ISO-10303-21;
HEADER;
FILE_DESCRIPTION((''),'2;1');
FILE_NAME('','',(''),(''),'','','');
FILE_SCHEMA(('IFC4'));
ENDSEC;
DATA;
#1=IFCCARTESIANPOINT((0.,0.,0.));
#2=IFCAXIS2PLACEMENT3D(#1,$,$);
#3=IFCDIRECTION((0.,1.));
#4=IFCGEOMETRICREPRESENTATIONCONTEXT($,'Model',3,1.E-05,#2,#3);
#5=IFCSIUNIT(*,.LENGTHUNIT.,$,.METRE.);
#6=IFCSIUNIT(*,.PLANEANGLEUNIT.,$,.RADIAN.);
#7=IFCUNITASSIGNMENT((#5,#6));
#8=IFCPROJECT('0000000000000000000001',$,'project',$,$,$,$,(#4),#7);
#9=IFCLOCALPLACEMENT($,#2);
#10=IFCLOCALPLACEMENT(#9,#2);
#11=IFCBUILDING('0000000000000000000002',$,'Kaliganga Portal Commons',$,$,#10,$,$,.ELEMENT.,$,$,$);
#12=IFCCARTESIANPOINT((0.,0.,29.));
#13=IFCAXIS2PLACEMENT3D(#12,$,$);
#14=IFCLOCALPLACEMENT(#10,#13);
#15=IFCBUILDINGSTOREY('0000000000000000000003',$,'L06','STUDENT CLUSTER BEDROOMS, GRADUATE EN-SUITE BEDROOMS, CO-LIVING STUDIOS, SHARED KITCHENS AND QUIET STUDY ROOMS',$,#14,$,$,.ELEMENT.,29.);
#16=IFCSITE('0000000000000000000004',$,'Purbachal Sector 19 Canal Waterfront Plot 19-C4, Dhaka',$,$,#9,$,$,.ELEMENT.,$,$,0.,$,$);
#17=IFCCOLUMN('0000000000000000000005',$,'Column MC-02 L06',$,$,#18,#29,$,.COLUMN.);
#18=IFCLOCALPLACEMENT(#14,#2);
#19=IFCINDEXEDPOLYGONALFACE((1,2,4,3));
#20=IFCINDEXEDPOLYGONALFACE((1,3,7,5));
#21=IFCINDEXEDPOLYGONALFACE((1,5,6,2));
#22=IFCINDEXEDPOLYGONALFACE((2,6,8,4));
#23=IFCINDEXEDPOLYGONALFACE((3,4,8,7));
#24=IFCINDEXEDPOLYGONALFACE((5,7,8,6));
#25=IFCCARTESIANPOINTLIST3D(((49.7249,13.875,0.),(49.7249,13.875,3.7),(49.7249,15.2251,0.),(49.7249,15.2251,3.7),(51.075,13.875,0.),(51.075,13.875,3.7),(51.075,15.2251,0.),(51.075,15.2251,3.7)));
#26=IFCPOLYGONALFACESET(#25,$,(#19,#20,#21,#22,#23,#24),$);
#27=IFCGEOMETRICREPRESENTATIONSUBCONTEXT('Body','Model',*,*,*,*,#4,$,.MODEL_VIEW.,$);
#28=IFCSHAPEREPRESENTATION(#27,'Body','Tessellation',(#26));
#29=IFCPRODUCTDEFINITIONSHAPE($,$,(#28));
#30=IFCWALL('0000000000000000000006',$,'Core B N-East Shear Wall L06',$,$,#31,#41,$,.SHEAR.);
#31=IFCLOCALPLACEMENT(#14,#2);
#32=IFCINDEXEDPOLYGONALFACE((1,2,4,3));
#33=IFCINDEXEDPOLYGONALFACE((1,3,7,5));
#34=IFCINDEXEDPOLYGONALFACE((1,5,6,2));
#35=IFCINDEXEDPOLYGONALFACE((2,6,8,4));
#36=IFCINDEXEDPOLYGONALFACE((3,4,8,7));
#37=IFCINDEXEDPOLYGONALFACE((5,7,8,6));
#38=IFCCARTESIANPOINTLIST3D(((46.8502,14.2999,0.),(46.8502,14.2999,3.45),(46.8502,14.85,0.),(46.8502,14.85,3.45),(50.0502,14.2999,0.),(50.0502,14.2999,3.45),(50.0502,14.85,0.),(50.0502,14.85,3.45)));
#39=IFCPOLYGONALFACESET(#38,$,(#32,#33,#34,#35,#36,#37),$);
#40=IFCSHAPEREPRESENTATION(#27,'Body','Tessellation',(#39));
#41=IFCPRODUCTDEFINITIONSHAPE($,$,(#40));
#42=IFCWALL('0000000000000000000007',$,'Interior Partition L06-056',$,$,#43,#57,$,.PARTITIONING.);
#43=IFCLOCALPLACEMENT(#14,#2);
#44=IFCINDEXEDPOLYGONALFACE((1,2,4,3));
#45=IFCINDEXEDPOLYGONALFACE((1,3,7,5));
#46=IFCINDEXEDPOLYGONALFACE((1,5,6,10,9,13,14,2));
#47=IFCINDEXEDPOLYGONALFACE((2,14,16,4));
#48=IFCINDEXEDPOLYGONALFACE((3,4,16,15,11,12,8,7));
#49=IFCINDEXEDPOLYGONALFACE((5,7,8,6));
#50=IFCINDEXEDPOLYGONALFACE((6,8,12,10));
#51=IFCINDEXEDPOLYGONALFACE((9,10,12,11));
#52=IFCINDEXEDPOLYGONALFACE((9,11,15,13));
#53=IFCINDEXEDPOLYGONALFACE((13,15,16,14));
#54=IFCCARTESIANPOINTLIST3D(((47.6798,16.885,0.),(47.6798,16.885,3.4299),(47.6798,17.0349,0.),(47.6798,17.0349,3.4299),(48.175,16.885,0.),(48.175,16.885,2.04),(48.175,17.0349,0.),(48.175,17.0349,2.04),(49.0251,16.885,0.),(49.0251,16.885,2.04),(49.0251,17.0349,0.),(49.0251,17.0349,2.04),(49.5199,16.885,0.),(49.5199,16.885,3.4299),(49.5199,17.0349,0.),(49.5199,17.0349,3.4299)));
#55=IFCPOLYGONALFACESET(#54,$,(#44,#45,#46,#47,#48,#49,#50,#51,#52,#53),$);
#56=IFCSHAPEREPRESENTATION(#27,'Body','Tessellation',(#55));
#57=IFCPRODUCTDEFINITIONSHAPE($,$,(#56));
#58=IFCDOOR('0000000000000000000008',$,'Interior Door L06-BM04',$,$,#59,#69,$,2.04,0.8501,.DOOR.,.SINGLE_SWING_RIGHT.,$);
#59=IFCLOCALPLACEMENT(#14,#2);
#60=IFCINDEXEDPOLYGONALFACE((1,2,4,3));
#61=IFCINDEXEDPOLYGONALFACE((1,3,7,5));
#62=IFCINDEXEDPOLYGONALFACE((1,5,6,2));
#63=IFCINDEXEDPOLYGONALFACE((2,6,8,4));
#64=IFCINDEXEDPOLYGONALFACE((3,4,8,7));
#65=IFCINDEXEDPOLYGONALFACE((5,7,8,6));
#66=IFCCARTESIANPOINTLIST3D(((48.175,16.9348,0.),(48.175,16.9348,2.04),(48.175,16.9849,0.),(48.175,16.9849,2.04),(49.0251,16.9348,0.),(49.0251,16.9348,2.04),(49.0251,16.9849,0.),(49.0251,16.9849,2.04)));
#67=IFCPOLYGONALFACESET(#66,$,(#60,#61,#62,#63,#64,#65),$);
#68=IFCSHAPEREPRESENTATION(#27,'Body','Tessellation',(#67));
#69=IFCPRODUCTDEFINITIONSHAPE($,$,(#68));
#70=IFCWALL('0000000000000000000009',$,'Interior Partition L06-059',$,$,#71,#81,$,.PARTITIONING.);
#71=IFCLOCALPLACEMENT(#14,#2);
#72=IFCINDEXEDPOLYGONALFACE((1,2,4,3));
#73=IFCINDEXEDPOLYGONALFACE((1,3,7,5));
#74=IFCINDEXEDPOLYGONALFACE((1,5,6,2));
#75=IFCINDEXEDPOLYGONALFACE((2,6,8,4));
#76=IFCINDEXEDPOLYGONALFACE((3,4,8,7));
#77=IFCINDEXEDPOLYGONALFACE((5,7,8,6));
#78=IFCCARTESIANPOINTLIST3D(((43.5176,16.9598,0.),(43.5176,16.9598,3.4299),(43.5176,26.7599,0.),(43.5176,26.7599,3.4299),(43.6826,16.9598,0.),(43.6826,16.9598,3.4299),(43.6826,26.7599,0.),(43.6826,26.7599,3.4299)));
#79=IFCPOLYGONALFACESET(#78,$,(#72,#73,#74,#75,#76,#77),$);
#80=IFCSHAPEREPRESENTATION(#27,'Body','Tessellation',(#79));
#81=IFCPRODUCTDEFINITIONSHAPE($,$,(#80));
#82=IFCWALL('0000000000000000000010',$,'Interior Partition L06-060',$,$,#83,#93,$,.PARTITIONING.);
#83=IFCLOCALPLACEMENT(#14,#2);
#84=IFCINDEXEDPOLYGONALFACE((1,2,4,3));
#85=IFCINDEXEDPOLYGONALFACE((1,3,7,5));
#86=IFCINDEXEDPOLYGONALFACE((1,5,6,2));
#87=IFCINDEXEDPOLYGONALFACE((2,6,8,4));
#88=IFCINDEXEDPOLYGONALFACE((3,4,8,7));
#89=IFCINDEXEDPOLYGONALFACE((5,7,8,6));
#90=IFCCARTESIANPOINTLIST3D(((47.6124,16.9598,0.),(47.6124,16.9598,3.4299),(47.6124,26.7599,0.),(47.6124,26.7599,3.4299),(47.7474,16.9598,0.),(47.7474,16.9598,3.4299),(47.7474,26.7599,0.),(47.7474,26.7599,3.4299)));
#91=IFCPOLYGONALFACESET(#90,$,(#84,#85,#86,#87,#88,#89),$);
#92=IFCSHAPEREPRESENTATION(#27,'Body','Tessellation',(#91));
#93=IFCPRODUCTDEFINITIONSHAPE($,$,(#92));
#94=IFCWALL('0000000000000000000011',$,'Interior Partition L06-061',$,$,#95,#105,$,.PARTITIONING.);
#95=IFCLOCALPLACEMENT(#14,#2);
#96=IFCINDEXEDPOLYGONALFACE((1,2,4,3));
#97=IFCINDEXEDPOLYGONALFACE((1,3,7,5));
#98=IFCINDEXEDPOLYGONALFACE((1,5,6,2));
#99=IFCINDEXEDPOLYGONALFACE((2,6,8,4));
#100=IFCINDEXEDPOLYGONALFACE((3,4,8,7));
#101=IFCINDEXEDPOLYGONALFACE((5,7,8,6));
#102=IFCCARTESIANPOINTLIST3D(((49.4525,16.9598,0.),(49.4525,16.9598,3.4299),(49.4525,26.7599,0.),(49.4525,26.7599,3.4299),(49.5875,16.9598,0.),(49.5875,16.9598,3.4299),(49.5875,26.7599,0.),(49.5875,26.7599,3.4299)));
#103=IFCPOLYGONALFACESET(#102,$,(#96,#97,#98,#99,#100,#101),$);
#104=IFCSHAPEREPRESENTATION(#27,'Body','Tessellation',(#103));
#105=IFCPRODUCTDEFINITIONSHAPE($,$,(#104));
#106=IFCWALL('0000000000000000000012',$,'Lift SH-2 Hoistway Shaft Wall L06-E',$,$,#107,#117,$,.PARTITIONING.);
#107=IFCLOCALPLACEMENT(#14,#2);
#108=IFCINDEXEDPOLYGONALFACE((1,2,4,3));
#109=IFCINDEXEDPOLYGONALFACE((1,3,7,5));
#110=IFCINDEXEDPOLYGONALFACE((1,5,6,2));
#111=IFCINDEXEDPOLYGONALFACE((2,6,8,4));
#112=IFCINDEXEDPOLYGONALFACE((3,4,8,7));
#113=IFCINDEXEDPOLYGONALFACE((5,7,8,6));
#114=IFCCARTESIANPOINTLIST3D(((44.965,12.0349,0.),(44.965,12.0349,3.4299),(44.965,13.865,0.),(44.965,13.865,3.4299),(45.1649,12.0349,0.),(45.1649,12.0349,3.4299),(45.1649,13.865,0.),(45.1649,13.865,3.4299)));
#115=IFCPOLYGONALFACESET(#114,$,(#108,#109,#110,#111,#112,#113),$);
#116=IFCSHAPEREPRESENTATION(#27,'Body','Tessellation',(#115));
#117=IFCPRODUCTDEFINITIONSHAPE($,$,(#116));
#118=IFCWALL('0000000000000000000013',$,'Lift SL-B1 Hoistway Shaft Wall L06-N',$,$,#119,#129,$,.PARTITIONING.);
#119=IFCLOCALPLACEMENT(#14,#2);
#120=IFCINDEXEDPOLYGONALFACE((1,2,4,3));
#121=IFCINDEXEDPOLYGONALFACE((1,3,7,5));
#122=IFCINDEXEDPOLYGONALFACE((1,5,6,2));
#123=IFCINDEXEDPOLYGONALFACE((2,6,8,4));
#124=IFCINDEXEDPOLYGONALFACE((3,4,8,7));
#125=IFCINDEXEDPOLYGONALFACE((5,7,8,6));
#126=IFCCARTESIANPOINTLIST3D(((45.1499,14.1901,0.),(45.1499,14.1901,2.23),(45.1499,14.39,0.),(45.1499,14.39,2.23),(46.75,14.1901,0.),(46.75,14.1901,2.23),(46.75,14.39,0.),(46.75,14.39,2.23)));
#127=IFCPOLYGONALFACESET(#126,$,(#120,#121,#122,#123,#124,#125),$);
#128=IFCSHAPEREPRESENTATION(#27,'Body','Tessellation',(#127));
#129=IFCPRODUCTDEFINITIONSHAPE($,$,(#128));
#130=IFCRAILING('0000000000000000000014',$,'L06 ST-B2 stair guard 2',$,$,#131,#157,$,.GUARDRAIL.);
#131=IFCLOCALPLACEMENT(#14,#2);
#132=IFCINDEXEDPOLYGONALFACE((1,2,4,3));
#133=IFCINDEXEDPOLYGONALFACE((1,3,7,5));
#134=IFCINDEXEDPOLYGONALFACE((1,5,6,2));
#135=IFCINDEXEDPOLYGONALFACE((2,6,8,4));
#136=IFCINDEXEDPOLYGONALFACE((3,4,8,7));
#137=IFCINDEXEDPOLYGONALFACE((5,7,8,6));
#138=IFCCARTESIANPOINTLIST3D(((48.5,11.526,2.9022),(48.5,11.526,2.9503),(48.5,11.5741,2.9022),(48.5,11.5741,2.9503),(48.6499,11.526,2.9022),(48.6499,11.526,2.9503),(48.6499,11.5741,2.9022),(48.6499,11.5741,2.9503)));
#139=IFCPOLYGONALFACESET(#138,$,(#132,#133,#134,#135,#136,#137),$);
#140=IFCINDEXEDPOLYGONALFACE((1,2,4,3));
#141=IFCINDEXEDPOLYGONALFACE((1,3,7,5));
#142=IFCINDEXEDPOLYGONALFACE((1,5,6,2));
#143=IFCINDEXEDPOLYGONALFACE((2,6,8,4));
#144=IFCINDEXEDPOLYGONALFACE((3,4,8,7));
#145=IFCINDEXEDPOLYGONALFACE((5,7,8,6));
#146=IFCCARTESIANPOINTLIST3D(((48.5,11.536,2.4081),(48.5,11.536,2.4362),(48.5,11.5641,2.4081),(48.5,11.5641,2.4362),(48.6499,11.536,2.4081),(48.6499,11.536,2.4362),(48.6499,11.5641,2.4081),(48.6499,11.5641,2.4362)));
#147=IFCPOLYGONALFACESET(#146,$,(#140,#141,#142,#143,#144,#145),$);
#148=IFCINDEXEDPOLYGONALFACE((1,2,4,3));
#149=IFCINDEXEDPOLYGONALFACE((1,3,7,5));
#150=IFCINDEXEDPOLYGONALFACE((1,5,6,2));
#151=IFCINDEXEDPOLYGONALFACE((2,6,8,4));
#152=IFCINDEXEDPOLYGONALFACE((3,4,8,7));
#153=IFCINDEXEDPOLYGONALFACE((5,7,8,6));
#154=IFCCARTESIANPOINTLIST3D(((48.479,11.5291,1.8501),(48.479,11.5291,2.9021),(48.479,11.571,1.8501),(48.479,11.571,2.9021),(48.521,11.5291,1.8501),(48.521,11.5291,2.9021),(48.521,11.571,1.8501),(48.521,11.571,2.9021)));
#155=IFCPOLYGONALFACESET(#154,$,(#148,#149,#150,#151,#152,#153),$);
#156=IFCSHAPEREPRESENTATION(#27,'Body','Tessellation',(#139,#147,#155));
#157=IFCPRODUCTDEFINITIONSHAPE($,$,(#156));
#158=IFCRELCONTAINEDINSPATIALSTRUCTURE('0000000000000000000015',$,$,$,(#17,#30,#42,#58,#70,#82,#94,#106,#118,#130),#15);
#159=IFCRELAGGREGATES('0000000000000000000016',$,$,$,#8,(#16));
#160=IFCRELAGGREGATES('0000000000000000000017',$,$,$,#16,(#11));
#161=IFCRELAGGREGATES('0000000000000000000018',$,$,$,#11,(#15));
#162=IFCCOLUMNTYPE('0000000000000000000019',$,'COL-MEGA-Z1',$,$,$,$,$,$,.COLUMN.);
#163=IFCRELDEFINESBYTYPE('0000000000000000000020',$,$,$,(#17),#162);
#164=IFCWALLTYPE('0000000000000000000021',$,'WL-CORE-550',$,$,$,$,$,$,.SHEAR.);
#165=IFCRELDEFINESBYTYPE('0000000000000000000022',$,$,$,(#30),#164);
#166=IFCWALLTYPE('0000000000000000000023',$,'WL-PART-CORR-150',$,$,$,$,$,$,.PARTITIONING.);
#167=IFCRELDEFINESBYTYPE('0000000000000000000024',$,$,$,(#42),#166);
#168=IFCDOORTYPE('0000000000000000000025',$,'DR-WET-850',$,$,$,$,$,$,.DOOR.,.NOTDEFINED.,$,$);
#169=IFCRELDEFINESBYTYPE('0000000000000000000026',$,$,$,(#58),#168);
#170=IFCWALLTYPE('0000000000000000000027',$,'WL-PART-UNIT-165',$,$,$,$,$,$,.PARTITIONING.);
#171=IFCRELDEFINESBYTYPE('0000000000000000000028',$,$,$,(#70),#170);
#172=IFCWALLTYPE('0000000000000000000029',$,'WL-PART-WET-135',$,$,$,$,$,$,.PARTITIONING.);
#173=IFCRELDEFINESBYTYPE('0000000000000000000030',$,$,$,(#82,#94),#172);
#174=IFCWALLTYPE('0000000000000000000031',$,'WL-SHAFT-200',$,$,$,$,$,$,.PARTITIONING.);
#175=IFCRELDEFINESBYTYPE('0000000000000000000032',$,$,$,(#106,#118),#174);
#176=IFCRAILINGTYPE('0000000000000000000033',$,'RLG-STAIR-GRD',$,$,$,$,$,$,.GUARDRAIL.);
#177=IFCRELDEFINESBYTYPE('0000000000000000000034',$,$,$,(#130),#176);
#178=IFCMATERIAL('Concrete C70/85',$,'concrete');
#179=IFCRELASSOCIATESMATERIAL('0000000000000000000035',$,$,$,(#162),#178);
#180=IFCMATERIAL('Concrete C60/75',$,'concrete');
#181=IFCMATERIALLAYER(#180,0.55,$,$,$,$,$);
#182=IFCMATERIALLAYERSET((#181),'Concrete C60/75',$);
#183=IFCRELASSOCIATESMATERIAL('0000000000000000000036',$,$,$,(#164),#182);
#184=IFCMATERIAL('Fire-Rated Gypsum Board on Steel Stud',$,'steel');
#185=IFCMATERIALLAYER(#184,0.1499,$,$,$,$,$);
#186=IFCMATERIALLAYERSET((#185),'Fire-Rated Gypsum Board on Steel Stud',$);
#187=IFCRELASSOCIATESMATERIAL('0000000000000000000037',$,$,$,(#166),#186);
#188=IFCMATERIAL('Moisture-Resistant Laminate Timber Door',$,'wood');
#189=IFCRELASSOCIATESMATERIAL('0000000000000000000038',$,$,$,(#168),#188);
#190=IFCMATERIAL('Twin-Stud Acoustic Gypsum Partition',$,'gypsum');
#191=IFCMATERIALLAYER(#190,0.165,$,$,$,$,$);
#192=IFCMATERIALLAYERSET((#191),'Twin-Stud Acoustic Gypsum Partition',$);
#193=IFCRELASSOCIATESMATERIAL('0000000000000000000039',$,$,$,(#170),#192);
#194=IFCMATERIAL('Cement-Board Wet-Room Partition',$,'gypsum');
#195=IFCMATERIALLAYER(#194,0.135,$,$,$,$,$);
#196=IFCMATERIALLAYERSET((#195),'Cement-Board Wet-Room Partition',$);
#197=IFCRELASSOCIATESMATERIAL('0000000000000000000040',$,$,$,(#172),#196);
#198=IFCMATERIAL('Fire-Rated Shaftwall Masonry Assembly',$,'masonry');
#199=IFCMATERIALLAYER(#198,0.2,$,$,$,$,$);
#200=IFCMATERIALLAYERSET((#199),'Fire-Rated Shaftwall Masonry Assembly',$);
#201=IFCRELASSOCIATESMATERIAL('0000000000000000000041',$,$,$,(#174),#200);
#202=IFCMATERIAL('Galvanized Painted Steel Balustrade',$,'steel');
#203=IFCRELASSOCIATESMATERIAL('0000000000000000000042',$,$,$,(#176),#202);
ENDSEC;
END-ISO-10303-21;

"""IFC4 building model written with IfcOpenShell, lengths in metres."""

from ifc_helpers import new_model, si_unit, direction, frame, frame_2d, origin, origin_2d, place, context, subcontext, project, spatial, rectangle, extrude, source, transform, mapped, material, layer, layer_set, material_profile, profile_set, type_object, element, fill, save


model = new_model("IFC4")

# Units and contexts
model_context = context("Model", 3, precision=1e-05, world=origin(), true_north=direction((0.0, 1.0)))
body_context = subcontext(model_context, "Body", "Model", "MODEL_VIEW")
ifc_project = project(units=[si_unit("LENGTHUNIT", "METRE"), si_unit("PLANEANGLEUNIT", "RADIAN")], contexts=[model_context])

# Site, building, storey
site_placement = place(None, origin())
site = spatial("IfcSite", under=ifc_project, at=site_placement, Name="Purbachal Sector 19 Canal Waterfront Plot 19-C4, Dhaka", CompositionType="ELEMENT", RefElevation=0.0)
building_placement = place(site_placement, origin())
building = spatial("IfcBuilding", under=site, at=building_placement, Name="Kaliganga Portal Commons", CompositionType="ELEMENT")
storey_placement = place(building_placement, frame((0.0, 0.0, 29.0)))
storey = spatial("IfcBuildingStorey", under=building, at=storey_placement, Name="L06", Description="STUDENT CLUSTER BEDROOMS, GRADUATE EN-SUITE BEDROOMS, CO-LIVING STUDIOS, SHARED KITCHENS AND QUIET STUDY ROOMS", CompositionType="ELEMENT", Elevation=29.0)

# Column
ifc_material_1 = material(Name="Concrete C70/85", Category="concrete")
ifc_material_profile = material_profile(ifc_material_1, rectangle(XDim=1.3501, YDim=1.3501, at=origin_2d()), Name="RC 1350x1350")
ifc_profile_set = profile_set([ifc_material_profile], Name="Concrete C70/85")
column_type = type_object("IfcColumnType", Name="COL-MEGA-Z1", PredefinedType="COLUMN", material=ifc_profile_set)
shared_shape = source(origin(), body_context, "Body", "SweptSolid", [
    extrude(rectangle(XDim=1.3501, YDim=1.3501, at=origin_2d()), origin(), (0.0, 0.0, 1.0), 3.7),
])
column_placement = place(storey_placement, frame((50.3999, 14.55, 0.0), z_axis=(0.0, 0.0, 1.0), x_axis=(1.0, 0.0, 0.0)))
element("IfcColumn", 1, at=column_placement, inside=storey, type_object=column_type, Name="Column MC-02 L06", PredefinedType="COLUMN", context=body_context, shape_type="MappedRepresentation", body=[
    mapped(shared_shape, transform((0.0, 0.0, 0.0), x_axis=(1.0, 0.0, 0.0), y_axis=(0.0, 1.0, 0.0), z_axis=(0.0, 0.0, 1.0), scale=1.0)),
])

# Wall
ifc_material_2 = material(Name="Concrete C60/75", Category="concrete")
ifc_layer_1 = layer(ifc_material_2, 0.55)
ifc_layer_set_1 = layer_set([ifc_layer_1], Name="Concrete C60/75")
wall_type_1 = type_object("IfcWallType", Name="WL-CORE-550", PredefinedType="SHEAR", material=ifc_layer_set_1)
wall_1_placement = place(storey_placement, frame((46.8501, 14.575, 0.0), z_axis=(0.0, 0.0, 1.0), x_axis=(1.0, 0.0, 0.0)))
element("IfcWall", 2, at=wall_1_placement, inside=storey, type_object=wall_type_1, Name="Core B N-East Shear Wall L06", PredefinedType="SHEAR", context=body_context, shape_type="SweptSolid", body=[
    extrude(rectangle(XDim=3.2, YDim=0.55, at=frame_2d((1.6001, 0.0))), origin(), (0.0, 0.0, 1.0), 3.45),
])

# Wall, opening, door
ifc_material_3 = material(Name="Fire-Rated Gypsum Board on Steel Stud", Category="steel")
ifc_layer_2 = layer(ifc_material_3, 0.1499)
ifc_layer_set_2 = layer_set([ifc_layer_2], Name="Fire-Rated Gypsum Board on Steel Stud")
wall_type_2 = type_object("IfcWallType", Name="WL-PART-CORR-150", PredefinedType="PARTITIONING", material=ifc_layer_set_2)
wall_2_placement = place(storey_placement, frame((47.6799, 16.96, 0.0), z_axis=(0.0, 0.0, 1.0), x_axis=(1.0, 0.0, 0.0)))
wall_2 = element("IfcWall", 3, at=wall_2_placement, inside=storey, type_object=wall_type_2, Name="Interior Partition L06-056", PredefinedType="PARTITIONING", context=body_context, shape_type="SweptSolid", body=[
    extrude(rectangle(XDim=1.8401, YDim=0.1499, at=frame_2d((0.9199, 0.0))), origin(), (0.0, 0.0, 1.0), 3.4299),
])
opening_1_placement = place(wall_2_placement, frame((0.4951, 0.0, 0.0)))
opening_1 = element("IfcOpeningElement", 4, at=opening_1_placement, cuts=wall_2, PredefinedType="OPENING", context=body_context, shape_type="SweptSolid", body=[
    extrude(rectangle(XDim=0.8501, YDim=2.04, at=frame_2d((0.425, 1.02))), frame((0.0, 0.085, 0.0), z_axis=(0.0, -1.0, 0.0), x_axis=(1.0, 0.0, 0.0)), (0.0, 0.0, 1.0), 0.1699),
])
ifc_material_4 = material(Name="Moisture-Resistant Laminate Timber Door", Category="wood")
door_type_1 = type_object("IfcDoorType", Name="DR-WET-850", OperationType="NOTDEFINED", PredefinedType="DOOR", material=ifc_material_4)
door_1_placement = place(opening_1_placement, origin())
door_1 = element("IfcDoor", 5, at=door_1_placement, inside=storey, type_object=door_type_1, Name="Interior Door L06-BM04", OperationType="SINGLE_SWING_RIGHT", OverallHeight=2.04, OverallWidth=0.8501, PredefinedType="DOOR", context=body_context, shape_type="SweptSolid", body=[
    extrude(rectangle(XDim=0.8501, YDim=2.04, at=frame_2d((0.425, 1.02))), frame((0.0, 0.0249, 0.0), z_axis=(0.0, -1.0, 0.0), x_axis=(1.0, 0.0, 0.0)), (0.0, 0.0, 1.0), 0.05),
])
fill(opening_1, door_1)

# Walls
ifc_material_5 = material(Name="Twin-Stud Acoustic Gypsum Partition", Category="gypsum")
ifc_layer_3 = layer(ifc_material_5, 0.165)
ifc_layer_set_3 = layer_set([ifc_layer_3], Name="Twin-Stud Acoustic Gypsum Partition")
wall_type_3 = type_object("IfcWallType", Name="WL-PART-UNIT-165", PredefinedType="PARTITIONING", material=ifc_layer_set_3)
wall_3_placement = place(storey_placement, frame((43.6001, 16.96, 0.0), z_axis=(0.0, 0.0, 1.0), x_axis=(0.0, 1.0, 0.0)))
element("IfcWall", 6, at=wall_3_placement, inside=storey, type_object=wall_type_3, Name="Interior Partition L06-059", PredefinedType="PARTITIONING", context=body_context, shape_type="SweptSolid", body=[
    extrude(rectangle(XDim=9.8, YDim=0.165, at=frame_2d((4.8999, 0.0))), origin(), (0.0, 0.0, 1.0), 3.4299),
])
ifc_material_6 = material(Name="Cement-Board Wet-Room Partition", Category="gypsum")
ifc_layer_4 = layer(ifc_material_6, 0.135)
ifc_layer_set_4 = layer_set([ifc_layer_4], Name="Cement-Board Wet-Room Partition")
wall_type_4 = type_object("IfcWallType", Name="WL-PART-WET-135", PredefinedType="PARTITIONING", material=ifc_layer_set_4)
for number, where, z_axis, x_axis, name in (
    (7, (47.6799, 16.96, 0.0), (0.0, 0.0, 1.0), (0.0, 1.0, 0.0), "Interior Partition L06-060"),
    (8, (49.52, 16.96, 0.0), (0.0, 0.0, 1.0), (0.0, 1.0, 0.0), "Interior Partition L06-061"),
):
    element("IfcWall", number, at=place(storey_placement, frame(where, z_axis=z_axis, x_axis=x_axis)), inside=storey, type_object=wall_type_4, Name=name, PredefinedType="PARTITIONING", context=body_context, shape_type="SweptSolid", body=[
        extrude(rectangle(XDim=9.8, YDim=0.135, at=frame_2d((4.8999, 0.0))), origin(), (0.0, 0.0, 1.0), 3.4299),
    ])
ifc_material_7 = material(Name="Fire-Rated Shaftwall Masonry Assembly", Category="masonry")
ifc_layer_5 = layer(ifc_material_7, 0.2)
ifc_layer_set_5 = layer_set([ifc_layer_5], Name="Fire-Rated Shaftwall Masonry Assembly")
wall_type_5 = type_object("IfcWallType", Name="WL-SHAFT-200", PredefinedType="PARTITIONING", material=ifc_layer_set_5)
wall_4_placement = place(storey_placement, frame((45.0649, 12.0349, 0.0), z_axis=(0.0, 0.0, 1.0), x_axis=(0.0, 1.0, 0.0)))
element("IfcWall", 9, at=wall_4_placement, inside=storey, type_object=wall_type_5, Name="Lift SH-2 Hoistway Shaft Wall L06-E", PredefinedType="PARTITIONING", context=body_context, shape_type="SweptSolid", body=[
    extrude(rectangle(XDim=1.8301, YDim=0.2, at=frame_2d((0.915, 0.0))), origin(), (0.0, 0.0, 1.0), 3.4299),
])

# Wall
wall_5_placement = place(storey_placement, frame((45.1499, 14.29, 0.0), z_axis=(0.0, 0.0, 1.0), x_axis=(1.0, 0.0, 0.0)))
element("IfcWall", 10, at=wall_5_placement, inside=storey, type_object=wall_type_5, Name="Lift SL-B1 Hoistway Shaft Wall L06-N", PredefinedType="PARTITIONING", context=body_context, shape_type="SweptSolid", body=[
    extrude(rectangle(XDim=1.6001, YDim=0.2, at=frame_2d((0.8, 0.0))), origin(), (0.0, 0.0, 1.0), 2.23),
])

# Railing
ifc_material_8 = material(Name="Galvanized Painted Steel Balustrade", Category="steel")
railing_type = type_object("IfcRailingType", Name="RLG-STAIR-GRD", PredefinedType="GUARDRAIL", material=ifc_material_8)
railing_placement = place(storey_placement, frame((48.6499, 11.55, 1.8501)))
element("IfcRailing", 11, at=railing_placement, inside=storey, type_object=railing_type, Name="L06 ST-B2 stair guard 2", PredefinedType="GUARDRAIL", context=body_context, shape_type="SweptSolid", body=[
    extrude(rectangle(XDim=0.0481, YDim=0.0481, at=origin_2d()), frame((0.0, 0.0, 1.0762), z_axis=(-1.0, 0.0, 0.0), x_axis=(0.0, -1.0, 0.0)), (0.0, 0.0, 1.0), 0.1499),
    extrude(rectangle(XDim=0.0281, YDim=0.0281, at=origin_2d()), frame((0.0, 0.0, 0.572), z_axis=(-1.0, 0.0, 0.0), x_axis=(0.0, -1.0, 0.0)), (0.0, 0.0, 1.0), 0.1499),
    extrude(rectangle(XDim=0.042, YDim=0.042, at=origin_2d()), frame((-0.1499, 0.0, 0.0)), (0.0, 0.0, 1.0), 1.052),
])

save(model, "model.ifc")
